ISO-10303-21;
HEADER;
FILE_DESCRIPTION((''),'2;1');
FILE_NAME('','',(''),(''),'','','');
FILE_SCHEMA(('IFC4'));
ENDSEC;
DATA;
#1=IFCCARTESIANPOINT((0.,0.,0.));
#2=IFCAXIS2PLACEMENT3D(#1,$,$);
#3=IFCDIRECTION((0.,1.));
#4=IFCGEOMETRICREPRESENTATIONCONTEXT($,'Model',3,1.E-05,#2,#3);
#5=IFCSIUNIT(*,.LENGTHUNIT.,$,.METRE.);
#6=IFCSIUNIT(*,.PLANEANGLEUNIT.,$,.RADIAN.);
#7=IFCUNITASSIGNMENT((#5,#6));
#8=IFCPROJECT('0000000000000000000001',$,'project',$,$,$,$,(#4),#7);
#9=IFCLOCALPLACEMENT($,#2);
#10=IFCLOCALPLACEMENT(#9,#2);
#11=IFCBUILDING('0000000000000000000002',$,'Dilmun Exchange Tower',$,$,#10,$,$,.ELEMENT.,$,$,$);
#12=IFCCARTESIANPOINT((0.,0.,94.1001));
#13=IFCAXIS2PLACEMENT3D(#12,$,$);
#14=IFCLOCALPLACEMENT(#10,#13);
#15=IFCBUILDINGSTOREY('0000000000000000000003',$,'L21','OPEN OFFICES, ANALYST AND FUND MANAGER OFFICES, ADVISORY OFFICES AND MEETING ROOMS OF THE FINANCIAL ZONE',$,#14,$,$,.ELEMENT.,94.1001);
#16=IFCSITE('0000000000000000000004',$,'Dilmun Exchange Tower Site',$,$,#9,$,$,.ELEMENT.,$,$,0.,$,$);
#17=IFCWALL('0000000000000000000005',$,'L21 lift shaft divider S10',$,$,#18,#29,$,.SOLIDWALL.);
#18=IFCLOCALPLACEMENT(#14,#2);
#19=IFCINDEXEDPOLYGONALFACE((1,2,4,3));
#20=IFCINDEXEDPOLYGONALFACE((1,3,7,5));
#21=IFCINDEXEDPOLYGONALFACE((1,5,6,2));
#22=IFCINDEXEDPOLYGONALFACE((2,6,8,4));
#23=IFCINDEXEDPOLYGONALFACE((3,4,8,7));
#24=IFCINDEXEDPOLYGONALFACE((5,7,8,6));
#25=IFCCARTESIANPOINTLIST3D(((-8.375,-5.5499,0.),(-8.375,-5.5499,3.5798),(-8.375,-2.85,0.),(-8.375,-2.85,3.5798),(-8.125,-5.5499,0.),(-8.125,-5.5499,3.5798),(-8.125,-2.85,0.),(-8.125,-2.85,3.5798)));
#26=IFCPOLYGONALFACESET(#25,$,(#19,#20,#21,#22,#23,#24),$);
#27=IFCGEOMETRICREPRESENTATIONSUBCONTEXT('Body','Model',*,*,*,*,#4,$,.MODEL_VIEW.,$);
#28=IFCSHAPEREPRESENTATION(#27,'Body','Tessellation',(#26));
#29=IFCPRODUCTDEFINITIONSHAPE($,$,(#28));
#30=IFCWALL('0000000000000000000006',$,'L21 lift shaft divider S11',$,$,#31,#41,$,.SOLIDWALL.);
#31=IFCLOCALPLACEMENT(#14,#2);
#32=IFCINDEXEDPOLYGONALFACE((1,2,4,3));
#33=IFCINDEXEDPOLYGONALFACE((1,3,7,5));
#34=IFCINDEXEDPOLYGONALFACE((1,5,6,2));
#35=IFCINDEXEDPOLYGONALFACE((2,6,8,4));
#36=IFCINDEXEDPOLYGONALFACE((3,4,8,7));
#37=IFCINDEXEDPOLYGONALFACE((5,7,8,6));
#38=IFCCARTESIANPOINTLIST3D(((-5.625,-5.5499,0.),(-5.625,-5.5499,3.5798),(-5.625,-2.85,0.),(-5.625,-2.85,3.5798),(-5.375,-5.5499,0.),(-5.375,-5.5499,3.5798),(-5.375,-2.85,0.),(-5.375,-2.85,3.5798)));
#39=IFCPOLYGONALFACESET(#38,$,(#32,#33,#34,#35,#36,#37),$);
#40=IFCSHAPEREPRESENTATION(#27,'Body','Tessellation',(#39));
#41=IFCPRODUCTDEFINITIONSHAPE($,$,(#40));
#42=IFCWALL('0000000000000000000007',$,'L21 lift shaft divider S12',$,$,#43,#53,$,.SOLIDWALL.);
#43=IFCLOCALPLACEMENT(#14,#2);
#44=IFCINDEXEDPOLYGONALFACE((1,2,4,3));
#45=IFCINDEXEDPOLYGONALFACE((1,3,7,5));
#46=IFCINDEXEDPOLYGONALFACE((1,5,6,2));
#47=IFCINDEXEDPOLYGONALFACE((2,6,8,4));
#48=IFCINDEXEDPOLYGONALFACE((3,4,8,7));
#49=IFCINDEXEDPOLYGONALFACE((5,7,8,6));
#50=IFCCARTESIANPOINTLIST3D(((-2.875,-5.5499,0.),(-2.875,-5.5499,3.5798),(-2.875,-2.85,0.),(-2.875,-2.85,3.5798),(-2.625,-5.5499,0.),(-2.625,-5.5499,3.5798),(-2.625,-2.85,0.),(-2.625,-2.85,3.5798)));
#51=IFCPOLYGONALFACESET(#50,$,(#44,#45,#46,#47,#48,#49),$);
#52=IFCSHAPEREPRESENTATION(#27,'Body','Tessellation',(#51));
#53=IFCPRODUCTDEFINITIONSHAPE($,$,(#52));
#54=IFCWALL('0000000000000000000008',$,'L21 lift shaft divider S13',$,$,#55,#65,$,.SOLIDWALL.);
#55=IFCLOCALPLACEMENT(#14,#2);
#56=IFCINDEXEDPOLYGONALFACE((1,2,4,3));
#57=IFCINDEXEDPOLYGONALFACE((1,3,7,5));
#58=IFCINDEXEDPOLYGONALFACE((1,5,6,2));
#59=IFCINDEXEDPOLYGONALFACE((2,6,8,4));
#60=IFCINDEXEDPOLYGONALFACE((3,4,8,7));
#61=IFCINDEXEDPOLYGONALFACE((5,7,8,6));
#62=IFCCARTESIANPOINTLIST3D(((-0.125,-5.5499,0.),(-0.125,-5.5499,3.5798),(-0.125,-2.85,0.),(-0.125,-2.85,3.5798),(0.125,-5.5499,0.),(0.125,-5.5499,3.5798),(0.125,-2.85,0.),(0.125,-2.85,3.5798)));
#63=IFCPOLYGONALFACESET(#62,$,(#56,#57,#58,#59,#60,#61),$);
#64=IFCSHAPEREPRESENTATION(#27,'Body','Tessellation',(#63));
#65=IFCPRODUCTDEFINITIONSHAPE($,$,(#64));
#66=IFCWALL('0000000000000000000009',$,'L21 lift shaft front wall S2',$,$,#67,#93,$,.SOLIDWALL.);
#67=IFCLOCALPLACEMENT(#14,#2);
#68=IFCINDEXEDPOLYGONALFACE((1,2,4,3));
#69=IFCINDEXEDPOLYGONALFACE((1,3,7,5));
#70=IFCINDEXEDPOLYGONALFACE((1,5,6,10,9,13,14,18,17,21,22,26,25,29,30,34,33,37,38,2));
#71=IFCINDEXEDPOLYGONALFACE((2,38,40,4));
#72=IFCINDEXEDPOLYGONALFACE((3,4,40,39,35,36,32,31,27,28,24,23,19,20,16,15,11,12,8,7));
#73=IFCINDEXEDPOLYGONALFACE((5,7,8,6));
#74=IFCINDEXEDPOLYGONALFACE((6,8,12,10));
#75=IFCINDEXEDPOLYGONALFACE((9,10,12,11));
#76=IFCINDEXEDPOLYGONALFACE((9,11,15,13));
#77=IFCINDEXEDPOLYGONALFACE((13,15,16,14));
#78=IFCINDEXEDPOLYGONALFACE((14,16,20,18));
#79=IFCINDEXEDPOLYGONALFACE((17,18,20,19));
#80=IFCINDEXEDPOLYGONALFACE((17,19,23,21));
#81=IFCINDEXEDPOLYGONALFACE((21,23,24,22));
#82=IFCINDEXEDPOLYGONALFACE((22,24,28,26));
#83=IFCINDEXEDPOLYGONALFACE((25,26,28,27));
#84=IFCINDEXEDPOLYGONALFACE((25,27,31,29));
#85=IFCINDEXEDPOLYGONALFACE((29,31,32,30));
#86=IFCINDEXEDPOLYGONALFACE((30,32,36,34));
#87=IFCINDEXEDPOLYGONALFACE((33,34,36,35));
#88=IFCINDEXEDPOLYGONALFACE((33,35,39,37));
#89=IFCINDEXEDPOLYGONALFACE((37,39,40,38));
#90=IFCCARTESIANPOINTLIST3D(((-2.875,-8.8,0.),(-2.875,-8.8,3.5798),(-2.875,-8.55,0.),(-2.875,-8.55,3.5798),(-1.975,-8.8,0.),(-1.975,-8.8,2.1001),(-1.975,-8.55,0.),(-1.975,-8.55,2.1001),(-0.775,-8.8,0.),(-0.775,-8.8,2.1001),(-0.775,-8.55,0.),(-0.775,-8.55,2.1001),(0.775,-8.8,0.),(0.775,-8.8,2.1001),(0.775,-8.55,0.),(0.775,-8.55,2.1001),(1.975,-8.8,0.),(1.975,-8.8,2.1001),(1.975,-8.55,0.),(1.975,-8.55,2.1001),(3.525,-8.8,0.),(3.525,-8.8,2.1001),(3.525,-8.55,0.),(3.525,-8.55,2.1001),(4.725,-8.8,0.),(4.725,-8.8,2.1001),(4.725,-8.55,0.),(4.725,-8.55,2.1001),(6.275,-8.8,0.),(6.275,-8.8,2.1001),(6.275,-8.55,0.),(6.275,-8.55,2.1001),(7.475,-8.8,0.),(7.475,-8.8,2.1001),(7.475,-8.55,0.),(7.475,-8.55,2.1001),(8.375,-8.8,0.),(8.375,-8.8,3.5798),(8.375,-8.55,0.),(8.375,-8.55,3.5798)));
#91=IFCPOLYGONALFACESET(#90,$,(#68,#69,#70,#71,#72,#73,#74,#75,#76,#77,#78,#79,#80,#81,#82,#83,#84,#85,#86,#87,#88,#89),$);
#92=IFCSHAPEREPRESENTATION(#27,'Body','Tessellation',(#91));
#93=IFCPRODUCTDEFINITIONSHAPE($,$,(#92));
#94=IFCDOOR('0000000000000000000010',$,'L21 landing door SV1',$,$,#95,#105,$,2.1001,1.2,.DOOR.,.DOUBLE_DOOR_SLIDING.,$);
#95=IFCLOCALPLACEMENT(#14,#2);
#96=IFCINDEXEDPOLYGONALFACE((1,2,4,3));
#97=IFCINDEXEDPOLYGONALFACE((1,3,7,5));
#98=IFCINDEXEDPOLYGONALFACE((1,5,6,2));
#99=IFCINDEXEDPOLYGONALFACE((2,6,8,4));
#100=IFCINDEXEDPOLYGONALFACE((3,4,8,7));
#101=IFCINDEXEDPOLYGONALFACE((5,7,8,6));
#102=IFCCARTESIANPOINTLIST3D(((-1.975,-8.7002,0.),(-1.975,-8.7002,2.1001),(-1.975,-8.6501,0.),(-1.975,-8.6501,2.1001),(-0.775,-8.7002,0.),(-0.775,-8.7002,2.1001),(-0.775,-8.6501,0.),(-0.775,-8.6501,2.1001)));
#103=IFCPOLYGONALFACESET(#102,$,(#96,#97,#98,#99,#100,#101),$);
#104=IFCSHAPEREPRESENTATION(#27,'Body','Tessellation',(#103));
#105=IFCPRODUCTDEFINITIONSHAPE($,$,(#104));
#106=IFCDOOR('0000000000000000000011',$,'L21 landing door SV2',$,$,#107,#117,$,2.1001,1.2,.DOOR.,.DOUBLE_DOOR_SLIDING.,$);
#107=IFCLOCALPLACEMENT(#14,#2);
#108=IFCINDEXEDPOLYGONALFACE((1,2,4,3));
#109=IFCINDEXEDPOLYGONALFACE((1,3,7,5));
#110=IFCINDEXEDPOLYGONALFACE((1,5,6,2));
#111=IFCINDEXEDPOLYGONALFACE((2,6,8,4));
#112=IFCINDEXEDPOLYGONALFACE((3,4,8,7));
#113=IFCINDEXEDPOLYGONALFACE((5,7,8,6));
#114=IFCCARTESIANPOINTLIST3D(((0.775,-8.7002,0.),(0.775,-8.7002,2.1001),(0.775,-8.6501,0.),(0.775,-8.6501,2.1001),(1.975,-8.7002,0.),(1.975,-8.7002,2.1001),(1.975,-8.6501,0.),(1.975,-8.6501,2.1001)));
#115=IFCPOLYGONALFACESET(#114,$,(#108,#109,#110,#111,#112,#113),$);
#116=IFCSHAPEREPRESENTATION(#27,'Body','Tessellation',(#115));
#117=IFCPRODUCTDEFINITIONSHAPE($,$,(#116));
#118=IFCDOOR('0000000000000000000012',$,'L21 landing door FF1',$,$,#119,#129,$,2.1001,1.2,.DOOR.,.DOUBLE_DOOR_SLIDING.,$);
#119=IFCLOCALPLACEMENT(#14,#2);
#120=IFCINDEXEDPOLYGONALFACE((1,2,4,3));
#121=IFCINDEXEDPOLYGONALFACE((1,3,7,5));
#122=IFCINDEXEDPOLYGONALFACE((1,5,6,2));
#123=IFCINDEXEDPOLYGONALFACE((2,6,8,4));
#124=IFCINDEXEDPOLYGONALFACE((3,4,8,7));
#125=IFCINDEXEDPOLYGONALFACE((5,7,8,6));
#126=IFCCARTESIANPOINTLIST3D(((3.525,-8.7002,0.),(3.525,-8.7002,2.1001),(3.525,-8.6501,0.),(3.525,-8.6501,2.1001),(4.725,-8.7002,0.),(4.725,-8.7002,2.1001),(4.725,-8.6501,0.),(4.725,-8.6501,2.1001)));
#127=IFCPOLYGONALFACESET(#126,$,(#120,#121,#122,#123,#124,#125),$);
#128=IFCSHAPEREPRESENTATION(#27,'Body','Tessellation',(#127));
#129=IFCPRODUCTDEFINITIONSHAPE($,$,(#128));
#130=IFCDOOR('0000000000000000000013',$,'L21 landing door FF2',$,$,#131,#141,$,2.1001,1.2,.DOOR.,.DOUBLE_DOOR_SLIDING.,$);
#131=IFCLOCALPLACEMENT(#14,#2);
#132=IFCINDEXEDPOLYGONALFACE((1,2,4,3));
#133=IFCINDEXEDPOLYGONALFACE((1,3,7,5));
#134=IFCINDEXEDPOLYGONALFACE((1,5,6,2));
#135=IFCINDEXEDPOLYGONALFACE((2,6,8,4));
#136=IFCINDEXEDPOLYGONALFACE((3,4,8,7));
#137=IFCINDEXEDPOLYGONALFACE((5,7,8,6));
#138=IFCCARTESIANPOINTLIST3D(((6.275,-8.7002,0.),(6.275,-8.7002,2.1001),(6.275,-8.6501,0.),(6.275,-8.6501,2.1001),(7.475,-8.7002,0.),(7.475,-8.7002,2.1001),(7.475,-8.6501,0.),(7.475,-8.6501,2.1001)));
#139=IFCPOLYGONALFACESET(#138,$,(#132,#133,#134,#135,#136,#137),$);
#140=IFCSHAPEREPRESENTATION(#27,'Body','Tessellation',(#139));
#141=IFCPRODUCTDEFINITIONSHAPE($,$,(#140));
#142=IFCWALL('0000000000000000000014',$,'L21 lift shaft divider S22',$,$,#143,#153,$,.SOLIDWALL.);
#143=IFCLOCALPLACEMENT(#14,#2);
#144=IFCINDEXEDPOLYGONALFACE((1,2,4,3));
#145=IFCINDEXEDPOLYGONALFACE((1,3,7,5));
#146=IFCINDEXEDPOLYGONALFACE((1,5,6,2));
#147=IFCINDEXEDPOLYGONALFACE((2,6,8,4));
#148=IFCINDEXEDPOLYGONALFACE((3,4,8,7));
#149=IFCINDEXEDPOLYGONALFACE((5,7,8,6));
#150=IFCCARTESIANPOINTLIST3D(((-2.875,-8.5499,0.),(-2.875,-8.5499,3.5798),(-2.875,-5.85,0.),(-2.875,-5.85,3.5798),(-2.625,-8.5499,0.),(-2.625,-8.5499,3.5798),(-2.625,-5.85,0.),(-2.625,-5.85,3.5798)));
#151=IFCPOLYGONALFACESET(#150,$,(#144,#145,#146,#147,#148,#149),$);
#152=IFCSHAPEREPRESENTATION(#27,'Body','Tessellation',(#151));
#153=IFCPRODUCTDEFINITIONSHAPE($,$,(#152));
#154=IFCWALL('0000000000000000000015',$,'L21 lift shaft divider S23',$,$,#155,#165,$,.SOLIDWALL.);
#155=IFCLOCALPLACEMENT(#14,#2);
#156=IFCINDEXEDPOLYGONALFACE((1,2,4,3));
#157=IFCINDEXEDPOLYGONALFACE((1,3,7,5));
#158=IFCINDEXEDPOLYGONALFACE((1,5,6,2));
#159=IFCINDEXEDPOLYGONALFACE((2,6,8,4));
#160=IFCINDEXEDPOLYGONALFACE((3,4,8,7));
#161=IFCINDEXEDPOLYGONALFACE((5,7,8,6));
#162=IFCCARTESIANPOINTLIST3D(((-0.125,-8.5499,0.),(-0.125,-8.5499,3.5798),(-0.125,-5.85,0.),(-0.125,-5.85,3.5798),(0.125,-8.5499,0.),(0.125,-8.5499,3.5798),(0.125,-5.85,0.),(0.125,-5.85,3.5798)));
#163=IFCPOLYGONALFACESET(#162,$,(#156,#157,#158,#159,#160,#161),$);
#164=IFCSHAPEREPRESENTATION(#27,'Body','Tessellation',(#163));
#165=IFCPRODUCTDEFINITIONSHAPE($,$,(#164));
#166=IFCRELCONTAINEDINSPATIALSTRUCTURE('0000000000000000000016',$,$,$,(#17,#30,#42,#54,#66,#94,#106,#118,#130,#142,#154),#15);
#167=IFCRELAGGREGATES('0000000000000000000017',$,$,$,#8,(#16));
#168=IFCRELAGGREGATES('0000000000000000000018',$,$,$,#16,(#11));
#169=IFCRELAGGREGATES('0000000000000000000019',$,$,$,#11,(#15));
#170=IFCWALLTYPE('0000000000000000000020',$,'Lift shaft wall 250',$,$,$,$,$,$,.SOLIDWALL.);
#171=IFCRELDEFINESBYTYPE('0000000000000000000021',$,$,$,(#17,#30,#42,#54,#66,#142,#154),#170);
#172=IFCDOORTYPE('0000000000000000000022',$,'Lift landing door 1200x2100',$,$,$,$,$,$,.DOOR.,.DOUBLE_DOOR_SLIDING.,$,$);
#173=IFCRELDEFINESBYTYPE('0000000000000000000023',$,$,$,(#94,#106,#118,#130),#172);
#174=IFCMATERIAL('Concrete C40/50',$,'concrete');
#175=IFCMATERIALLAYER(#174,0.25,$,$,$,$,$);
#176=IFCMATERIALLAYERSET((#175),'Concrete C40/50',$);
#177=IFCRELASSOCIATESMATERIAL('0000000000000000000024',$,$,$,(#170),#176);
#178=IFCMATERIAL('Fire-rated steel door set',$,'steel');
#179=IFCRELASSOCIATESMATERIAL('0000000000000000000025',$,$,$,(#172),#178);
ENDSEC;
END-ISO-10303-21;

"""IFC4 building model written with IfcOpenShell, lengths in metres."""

from ifc_helpers import new_model, si_unit, direction, frame, frame_2d, origin, place, context, subcontext, project, spatial, rectangle, extrude, material, layer, layer_set, type_object, element, fill, save


model = new_model("IFC4")

# Units and contexts
model_context = context("Model", 3, precision=1e-05, world=origin(), true_north=direction((0.0, 1.0)))
body_context = subcontext(model_context, "Body", "Model", "MODEL_VIEW")
ifc_project = project(units=[si_unit("LENGTHUNIT", "METRE"), si_unit("PLANEANGLEUNIT", "RADIAN")], contexts=[model_context])

# Site, building, storey
site_placement = place(None, origin())
site = spatial("IfcSite", under=ifc_project, at=site_placement, Name="Dilmun Exchange Tower Site", CompositionType="ELEMENT", RefElevation=0.0)
building_placement = place(site_placement, origin())
building = spatial("IfcBuilding", under=site, at=building_placement, Name="Dilmun Exchange Tower", CompositionType="ELEMENT")
storey_placement = place(building_placement, frame((0.0, 0.0, 94.1001)))
storey = spatial("IfcBuildingStorey", under=building, at=storey_placement, Name="L21", Description="OPEN OFFICES, ANALYST AND FUND MANAGER OFFICES, ADVISORY OFFICES AND MEETING ROOMS OF THE FINANCIAL ZONE", CompositionType="ELEMENT", Elevation=94.1001)

# Shared definitions
ifc_material_1 = material(Name="Concrete C40/50", Category="concrete")

# Shared definitions
ifc_material_2 = material(Name="Fire-rated steel door set", Category="steel")

# Walls
ifc_layer_1 = layer(ifc_material_1, 0.25)
ifc_layer_set_1 = layer_set([ifc_layer_1], Name="Concrete C40/50")
wall_type_1 = type_object("IfcWallType", Name="Lift shaft wall 250", PredefinedType="SOLIDWALL", material=ifc_layer_set_1)
for number, where, z_axis, x_axis, name in (
    (1, (-8.25, -5.55, 0.0), (0.0, 0.0, 1.0), (0.0, 1.0, 0.0), "L21 lift shaft divider S10"),
    (2, (-5.5, -5.55, 0.0), (0.0, 0.0, 1.0), (0.0, 1.0, 0.0), "L21 lift shaft divider S11"),
    (3, (-2.75, -5.55, 0.0), (0.0, 0.0, 1.0), (0.0, 1.0, 0.0), "L21 lift shaft divider S12"),
    (4, (0.0, -5.55, 0.0), (0.0, 0.0, 1.0), (0.0, 1.0, 0.0), "L21 lift shaft divider S13"),
):
    element("IfcWall", number, at=place(storey_placement, frame(where, z_axis=z_axis, x_axis=x_axis)), inside=storey, type_object=wall_type_1, Name=name, PredefinedType="SOLIDWALL", context=body_context, shape_type="SweptSolid", body=[
        extrude(rectangle(XDim=2.7, YDim=0.25, at=frame_2d((1.3501, 0.0))), origin(), (0.0, 0.0, 1.0), 3.5798),
    ])

# Wall, openings, doors
wall_1_placement = place(storey_placement, frame((-2.875, -8.675, 0.0), z_axis=(0.0, 0.0, 1.0), x_axis=(1.0, 0.0, 0.0)))
wall_1 = element("IfcWall", 5, at=wall_1_placement, inside=storey, type_object=wall_type_1, Name="L21 lift shaft front wall S2", PredefinedType="SOLIDWALL", context=body_context, shape_type="SweptSolid", body=[
    extrude(rectangle(XDim=11.25, YDim=0.25, at=frame_2d((5.625, 0.0))), origin(), (0.0, 0.0, 1.0), 3.5798),
])
opening_1_placement = place(wall_1_placement, frame((0.8999, 0.0, 0.0)))
opening_1 = element("IfcOpeningElement", 6, at=opening_1_placement, cuts=wall_1, PredefinedType="OPENING", context=body_context, shape_type="SweptSolid", body=[
    extrude(rectangle(XDim=1.2, YDim=2.1001, at=frame_2d((0.6001, 1.05))), frame((0.0, 0.135, 0.0), z_axis=(0.0, -1.0, 0.0), x_axis=(1.0, 0.0, 0.0)), (0.0, 0.0, 1.0), 0.27),
])
opening_2_placement = place(wall_1_placement, frame((3.6499, 0.0, 0.0)))
opening_2 = element("IfcOpeningElement", 7, at=opening_2_placement, cuts=wall_1, PredefinedType="OPENING", context=body_context, shape_type="SweptSolid", body=[
    extrude(rectangle(XDim=1.2, YDim=2.1001, at=frame_2d((0.6001, 1.05))), frame((0.0, 0.135, 0.0), z_axis=(0.0, -1.0, 0.0), x_axis=(1.0, 0.0, 0.0)), (0.0, 0.0, 1.0), 0.27),
])
opening_3_placement = place(wall_1_placement, frame((6.3999, 0.0, 0.0)))
opening_3 = element("IfcOpeningElement", 8, at=opening_3_placement, cuts=wall_1, PredefinedType="OPENING", context=body_context, shape_type="SweptSolid", body=[
    extrude(rectangle(XDim=1.2, YDim=2.1001, at=frame_2d((0.6001, 1.05))), frame((0.0, 0.135, 0.0), z_axis=(0.0, -1.0, 0.0), x_axis=(1.0, 0.0, 0.0)), (0.0, 0.0, 1.0), 0.27),
])
opening_4_placement = place(wall_1_placement, frame((9.1499, 0.0, 0.0)))
opening_4 = element("IfcOpeningElement", 9, at=opening_4_placement, cuts=wall_1, PredefinedType="OPENING", context=body_context, shape_type="SweptSolid", body=[
    extrude(rectangle(XDim=1.2, YDim=2.1001, at=frame_2d((0.6001, 1.05))), frame((0.0, 0.135, 0.0), z_axis=(0.0, -1.0, 0.0), x_axis=(1.0, 0.0, 0.0)), (0.0, 0.0, 1.0), 0.27),
])
door_type_1 = type_object("IfcDoorType", Name="Lift landing door 1200x2100", OperationType="DOUBLE_DOOR_SLIDING", PredefinedType="DOOR", material=ifc_material_2)
door_1_placement = place(opening_1_placement, origin())
door_1 = element("IfcDoor", 10, at=door_1_placement, inside=storey, type_object=door_type_1, Name="L21 landing door SV1", OperationType="DOUBLE_DOOR_SLIDING", OverallHeight=2.1001, OverallWidth=1.2, PredefinedType="DOOR", context=body_context, shape_type="SweptSolid", body=[
    extrude(rectangle(XDim=1.2, YDim=2.1001, at=frame_2d((0.6001, 1.05))), frame((0.0, 0.0249, 0.0), z_axis=(0.0, -1.0, 0.0), x_axis=(1.0, 0.0, 0.0)), (0.0, 0.0, 1.0), 0.05),
])
fill(opening_1, door_1)
door_2_placement = place(opening_2_placement, origin())
door_2 = element("IfcDoor", 11, at=door_2_placement, inside=storey, type_object=door_type_1, Name="L21 landing door SV2", OperationType="DOUBLE_DOOR_SLIDING", OverallHeight=2.1001, OverallWidth=1.2, PredefinedType="DOOR", context=body_context, shape_type="SweptSolid", body=[
    extrude(rectangle(XDim=1.2, YDim=2.1001, at=frame_2d((0.6001, 1.05))), frame((0.0, 0.0249, 0.0), z_axis=(0.0, -1.0, 0.0), x_axis=(1.0, 0.0, 0.0)), (0.0, 0.0, 1.0), 0.05),
])
fill(opening_2, door_2)
door_3_placement = place(opening_3_placement, origin())
door_3 = element("IfcDoor", 12, at=door_3_placement, inside=storey, type_object=door_type_1, Name="L21 landing door FF1", OperationType="DOUBLE_DOOR_SLIDING", OverallHeight=2.1001, OverallWidth=1.2, PredefinedType="DOOR", context=body_context, shape_type="SweptSolid", body=[
    extrude(rectangle(XDim=1.2, YDim=2.1001, at=frame_2d((0.6001, 1.05))), frame((0.0, 0.0249, 0.0), z_axis=(0.0, -1.0, 0.0), x_axis=(1.0, 0.0, 0.0)), (0.0, 0.0, 1.0), 0.05),
])
fill(opening_3, door_3)
door_4_placement = place(opening_4_placement, origin())
door_4 = element("IfcDoor", 13, at=door_4_placement, inside=storey, type_object=door_type_1, Name="L21 landing door FF2", OperationType="DOUBLE_DOOR_SLIDING", OverallHeight=2.1001, OverallWidth=1.2, PredefinedType="DOOR", context=body_context, shape_type="SweptSolid", body=[
    extrude(rectangle(XDim=1.2, YDim=2.1001, at=frame_2d((0.6001, 1.05))), frame((0.0, 0.0249, 0.0), z_axis=(0.0, -1.0, 0.0), x_axis=(1.0, 0.0, 0.0)), (0.0, 0.0, 1.0), 0.05),
])
fill(opening_4, door_4)

# Walls
for number, where, z_axis, x_axis, name in (
    (14, (-2.75, -8.55, 0.0), (0.0, 0.0, 1.0), (0.0, 1.0, 0.0), "L21 lift shaft divider S22"),
    (15, (0.0, -8.55, 0.0), (0.0, 0.0, 1.0), (0.0, 1.0, 0.0), "L21 lift shaft divider S23"),
):
    element("IfcWall", number, at=place(storey_placement, frame(where, z_axis=z_axis, x_axis=x_axis)), inside=storey, type_object=wall_type_1, Name=name, PredefinedType="SOLIDWALL", context=body_context, shape_type="SweptSolid", body=[
        extrude(rectangle(XDim=2.7, YDim=0.25, at=frame_2d((1.3501, 0.0))), origin(), (0.0, 0.0, 1.0), 3.5798),
    ])

save(model, "model.ifc")
